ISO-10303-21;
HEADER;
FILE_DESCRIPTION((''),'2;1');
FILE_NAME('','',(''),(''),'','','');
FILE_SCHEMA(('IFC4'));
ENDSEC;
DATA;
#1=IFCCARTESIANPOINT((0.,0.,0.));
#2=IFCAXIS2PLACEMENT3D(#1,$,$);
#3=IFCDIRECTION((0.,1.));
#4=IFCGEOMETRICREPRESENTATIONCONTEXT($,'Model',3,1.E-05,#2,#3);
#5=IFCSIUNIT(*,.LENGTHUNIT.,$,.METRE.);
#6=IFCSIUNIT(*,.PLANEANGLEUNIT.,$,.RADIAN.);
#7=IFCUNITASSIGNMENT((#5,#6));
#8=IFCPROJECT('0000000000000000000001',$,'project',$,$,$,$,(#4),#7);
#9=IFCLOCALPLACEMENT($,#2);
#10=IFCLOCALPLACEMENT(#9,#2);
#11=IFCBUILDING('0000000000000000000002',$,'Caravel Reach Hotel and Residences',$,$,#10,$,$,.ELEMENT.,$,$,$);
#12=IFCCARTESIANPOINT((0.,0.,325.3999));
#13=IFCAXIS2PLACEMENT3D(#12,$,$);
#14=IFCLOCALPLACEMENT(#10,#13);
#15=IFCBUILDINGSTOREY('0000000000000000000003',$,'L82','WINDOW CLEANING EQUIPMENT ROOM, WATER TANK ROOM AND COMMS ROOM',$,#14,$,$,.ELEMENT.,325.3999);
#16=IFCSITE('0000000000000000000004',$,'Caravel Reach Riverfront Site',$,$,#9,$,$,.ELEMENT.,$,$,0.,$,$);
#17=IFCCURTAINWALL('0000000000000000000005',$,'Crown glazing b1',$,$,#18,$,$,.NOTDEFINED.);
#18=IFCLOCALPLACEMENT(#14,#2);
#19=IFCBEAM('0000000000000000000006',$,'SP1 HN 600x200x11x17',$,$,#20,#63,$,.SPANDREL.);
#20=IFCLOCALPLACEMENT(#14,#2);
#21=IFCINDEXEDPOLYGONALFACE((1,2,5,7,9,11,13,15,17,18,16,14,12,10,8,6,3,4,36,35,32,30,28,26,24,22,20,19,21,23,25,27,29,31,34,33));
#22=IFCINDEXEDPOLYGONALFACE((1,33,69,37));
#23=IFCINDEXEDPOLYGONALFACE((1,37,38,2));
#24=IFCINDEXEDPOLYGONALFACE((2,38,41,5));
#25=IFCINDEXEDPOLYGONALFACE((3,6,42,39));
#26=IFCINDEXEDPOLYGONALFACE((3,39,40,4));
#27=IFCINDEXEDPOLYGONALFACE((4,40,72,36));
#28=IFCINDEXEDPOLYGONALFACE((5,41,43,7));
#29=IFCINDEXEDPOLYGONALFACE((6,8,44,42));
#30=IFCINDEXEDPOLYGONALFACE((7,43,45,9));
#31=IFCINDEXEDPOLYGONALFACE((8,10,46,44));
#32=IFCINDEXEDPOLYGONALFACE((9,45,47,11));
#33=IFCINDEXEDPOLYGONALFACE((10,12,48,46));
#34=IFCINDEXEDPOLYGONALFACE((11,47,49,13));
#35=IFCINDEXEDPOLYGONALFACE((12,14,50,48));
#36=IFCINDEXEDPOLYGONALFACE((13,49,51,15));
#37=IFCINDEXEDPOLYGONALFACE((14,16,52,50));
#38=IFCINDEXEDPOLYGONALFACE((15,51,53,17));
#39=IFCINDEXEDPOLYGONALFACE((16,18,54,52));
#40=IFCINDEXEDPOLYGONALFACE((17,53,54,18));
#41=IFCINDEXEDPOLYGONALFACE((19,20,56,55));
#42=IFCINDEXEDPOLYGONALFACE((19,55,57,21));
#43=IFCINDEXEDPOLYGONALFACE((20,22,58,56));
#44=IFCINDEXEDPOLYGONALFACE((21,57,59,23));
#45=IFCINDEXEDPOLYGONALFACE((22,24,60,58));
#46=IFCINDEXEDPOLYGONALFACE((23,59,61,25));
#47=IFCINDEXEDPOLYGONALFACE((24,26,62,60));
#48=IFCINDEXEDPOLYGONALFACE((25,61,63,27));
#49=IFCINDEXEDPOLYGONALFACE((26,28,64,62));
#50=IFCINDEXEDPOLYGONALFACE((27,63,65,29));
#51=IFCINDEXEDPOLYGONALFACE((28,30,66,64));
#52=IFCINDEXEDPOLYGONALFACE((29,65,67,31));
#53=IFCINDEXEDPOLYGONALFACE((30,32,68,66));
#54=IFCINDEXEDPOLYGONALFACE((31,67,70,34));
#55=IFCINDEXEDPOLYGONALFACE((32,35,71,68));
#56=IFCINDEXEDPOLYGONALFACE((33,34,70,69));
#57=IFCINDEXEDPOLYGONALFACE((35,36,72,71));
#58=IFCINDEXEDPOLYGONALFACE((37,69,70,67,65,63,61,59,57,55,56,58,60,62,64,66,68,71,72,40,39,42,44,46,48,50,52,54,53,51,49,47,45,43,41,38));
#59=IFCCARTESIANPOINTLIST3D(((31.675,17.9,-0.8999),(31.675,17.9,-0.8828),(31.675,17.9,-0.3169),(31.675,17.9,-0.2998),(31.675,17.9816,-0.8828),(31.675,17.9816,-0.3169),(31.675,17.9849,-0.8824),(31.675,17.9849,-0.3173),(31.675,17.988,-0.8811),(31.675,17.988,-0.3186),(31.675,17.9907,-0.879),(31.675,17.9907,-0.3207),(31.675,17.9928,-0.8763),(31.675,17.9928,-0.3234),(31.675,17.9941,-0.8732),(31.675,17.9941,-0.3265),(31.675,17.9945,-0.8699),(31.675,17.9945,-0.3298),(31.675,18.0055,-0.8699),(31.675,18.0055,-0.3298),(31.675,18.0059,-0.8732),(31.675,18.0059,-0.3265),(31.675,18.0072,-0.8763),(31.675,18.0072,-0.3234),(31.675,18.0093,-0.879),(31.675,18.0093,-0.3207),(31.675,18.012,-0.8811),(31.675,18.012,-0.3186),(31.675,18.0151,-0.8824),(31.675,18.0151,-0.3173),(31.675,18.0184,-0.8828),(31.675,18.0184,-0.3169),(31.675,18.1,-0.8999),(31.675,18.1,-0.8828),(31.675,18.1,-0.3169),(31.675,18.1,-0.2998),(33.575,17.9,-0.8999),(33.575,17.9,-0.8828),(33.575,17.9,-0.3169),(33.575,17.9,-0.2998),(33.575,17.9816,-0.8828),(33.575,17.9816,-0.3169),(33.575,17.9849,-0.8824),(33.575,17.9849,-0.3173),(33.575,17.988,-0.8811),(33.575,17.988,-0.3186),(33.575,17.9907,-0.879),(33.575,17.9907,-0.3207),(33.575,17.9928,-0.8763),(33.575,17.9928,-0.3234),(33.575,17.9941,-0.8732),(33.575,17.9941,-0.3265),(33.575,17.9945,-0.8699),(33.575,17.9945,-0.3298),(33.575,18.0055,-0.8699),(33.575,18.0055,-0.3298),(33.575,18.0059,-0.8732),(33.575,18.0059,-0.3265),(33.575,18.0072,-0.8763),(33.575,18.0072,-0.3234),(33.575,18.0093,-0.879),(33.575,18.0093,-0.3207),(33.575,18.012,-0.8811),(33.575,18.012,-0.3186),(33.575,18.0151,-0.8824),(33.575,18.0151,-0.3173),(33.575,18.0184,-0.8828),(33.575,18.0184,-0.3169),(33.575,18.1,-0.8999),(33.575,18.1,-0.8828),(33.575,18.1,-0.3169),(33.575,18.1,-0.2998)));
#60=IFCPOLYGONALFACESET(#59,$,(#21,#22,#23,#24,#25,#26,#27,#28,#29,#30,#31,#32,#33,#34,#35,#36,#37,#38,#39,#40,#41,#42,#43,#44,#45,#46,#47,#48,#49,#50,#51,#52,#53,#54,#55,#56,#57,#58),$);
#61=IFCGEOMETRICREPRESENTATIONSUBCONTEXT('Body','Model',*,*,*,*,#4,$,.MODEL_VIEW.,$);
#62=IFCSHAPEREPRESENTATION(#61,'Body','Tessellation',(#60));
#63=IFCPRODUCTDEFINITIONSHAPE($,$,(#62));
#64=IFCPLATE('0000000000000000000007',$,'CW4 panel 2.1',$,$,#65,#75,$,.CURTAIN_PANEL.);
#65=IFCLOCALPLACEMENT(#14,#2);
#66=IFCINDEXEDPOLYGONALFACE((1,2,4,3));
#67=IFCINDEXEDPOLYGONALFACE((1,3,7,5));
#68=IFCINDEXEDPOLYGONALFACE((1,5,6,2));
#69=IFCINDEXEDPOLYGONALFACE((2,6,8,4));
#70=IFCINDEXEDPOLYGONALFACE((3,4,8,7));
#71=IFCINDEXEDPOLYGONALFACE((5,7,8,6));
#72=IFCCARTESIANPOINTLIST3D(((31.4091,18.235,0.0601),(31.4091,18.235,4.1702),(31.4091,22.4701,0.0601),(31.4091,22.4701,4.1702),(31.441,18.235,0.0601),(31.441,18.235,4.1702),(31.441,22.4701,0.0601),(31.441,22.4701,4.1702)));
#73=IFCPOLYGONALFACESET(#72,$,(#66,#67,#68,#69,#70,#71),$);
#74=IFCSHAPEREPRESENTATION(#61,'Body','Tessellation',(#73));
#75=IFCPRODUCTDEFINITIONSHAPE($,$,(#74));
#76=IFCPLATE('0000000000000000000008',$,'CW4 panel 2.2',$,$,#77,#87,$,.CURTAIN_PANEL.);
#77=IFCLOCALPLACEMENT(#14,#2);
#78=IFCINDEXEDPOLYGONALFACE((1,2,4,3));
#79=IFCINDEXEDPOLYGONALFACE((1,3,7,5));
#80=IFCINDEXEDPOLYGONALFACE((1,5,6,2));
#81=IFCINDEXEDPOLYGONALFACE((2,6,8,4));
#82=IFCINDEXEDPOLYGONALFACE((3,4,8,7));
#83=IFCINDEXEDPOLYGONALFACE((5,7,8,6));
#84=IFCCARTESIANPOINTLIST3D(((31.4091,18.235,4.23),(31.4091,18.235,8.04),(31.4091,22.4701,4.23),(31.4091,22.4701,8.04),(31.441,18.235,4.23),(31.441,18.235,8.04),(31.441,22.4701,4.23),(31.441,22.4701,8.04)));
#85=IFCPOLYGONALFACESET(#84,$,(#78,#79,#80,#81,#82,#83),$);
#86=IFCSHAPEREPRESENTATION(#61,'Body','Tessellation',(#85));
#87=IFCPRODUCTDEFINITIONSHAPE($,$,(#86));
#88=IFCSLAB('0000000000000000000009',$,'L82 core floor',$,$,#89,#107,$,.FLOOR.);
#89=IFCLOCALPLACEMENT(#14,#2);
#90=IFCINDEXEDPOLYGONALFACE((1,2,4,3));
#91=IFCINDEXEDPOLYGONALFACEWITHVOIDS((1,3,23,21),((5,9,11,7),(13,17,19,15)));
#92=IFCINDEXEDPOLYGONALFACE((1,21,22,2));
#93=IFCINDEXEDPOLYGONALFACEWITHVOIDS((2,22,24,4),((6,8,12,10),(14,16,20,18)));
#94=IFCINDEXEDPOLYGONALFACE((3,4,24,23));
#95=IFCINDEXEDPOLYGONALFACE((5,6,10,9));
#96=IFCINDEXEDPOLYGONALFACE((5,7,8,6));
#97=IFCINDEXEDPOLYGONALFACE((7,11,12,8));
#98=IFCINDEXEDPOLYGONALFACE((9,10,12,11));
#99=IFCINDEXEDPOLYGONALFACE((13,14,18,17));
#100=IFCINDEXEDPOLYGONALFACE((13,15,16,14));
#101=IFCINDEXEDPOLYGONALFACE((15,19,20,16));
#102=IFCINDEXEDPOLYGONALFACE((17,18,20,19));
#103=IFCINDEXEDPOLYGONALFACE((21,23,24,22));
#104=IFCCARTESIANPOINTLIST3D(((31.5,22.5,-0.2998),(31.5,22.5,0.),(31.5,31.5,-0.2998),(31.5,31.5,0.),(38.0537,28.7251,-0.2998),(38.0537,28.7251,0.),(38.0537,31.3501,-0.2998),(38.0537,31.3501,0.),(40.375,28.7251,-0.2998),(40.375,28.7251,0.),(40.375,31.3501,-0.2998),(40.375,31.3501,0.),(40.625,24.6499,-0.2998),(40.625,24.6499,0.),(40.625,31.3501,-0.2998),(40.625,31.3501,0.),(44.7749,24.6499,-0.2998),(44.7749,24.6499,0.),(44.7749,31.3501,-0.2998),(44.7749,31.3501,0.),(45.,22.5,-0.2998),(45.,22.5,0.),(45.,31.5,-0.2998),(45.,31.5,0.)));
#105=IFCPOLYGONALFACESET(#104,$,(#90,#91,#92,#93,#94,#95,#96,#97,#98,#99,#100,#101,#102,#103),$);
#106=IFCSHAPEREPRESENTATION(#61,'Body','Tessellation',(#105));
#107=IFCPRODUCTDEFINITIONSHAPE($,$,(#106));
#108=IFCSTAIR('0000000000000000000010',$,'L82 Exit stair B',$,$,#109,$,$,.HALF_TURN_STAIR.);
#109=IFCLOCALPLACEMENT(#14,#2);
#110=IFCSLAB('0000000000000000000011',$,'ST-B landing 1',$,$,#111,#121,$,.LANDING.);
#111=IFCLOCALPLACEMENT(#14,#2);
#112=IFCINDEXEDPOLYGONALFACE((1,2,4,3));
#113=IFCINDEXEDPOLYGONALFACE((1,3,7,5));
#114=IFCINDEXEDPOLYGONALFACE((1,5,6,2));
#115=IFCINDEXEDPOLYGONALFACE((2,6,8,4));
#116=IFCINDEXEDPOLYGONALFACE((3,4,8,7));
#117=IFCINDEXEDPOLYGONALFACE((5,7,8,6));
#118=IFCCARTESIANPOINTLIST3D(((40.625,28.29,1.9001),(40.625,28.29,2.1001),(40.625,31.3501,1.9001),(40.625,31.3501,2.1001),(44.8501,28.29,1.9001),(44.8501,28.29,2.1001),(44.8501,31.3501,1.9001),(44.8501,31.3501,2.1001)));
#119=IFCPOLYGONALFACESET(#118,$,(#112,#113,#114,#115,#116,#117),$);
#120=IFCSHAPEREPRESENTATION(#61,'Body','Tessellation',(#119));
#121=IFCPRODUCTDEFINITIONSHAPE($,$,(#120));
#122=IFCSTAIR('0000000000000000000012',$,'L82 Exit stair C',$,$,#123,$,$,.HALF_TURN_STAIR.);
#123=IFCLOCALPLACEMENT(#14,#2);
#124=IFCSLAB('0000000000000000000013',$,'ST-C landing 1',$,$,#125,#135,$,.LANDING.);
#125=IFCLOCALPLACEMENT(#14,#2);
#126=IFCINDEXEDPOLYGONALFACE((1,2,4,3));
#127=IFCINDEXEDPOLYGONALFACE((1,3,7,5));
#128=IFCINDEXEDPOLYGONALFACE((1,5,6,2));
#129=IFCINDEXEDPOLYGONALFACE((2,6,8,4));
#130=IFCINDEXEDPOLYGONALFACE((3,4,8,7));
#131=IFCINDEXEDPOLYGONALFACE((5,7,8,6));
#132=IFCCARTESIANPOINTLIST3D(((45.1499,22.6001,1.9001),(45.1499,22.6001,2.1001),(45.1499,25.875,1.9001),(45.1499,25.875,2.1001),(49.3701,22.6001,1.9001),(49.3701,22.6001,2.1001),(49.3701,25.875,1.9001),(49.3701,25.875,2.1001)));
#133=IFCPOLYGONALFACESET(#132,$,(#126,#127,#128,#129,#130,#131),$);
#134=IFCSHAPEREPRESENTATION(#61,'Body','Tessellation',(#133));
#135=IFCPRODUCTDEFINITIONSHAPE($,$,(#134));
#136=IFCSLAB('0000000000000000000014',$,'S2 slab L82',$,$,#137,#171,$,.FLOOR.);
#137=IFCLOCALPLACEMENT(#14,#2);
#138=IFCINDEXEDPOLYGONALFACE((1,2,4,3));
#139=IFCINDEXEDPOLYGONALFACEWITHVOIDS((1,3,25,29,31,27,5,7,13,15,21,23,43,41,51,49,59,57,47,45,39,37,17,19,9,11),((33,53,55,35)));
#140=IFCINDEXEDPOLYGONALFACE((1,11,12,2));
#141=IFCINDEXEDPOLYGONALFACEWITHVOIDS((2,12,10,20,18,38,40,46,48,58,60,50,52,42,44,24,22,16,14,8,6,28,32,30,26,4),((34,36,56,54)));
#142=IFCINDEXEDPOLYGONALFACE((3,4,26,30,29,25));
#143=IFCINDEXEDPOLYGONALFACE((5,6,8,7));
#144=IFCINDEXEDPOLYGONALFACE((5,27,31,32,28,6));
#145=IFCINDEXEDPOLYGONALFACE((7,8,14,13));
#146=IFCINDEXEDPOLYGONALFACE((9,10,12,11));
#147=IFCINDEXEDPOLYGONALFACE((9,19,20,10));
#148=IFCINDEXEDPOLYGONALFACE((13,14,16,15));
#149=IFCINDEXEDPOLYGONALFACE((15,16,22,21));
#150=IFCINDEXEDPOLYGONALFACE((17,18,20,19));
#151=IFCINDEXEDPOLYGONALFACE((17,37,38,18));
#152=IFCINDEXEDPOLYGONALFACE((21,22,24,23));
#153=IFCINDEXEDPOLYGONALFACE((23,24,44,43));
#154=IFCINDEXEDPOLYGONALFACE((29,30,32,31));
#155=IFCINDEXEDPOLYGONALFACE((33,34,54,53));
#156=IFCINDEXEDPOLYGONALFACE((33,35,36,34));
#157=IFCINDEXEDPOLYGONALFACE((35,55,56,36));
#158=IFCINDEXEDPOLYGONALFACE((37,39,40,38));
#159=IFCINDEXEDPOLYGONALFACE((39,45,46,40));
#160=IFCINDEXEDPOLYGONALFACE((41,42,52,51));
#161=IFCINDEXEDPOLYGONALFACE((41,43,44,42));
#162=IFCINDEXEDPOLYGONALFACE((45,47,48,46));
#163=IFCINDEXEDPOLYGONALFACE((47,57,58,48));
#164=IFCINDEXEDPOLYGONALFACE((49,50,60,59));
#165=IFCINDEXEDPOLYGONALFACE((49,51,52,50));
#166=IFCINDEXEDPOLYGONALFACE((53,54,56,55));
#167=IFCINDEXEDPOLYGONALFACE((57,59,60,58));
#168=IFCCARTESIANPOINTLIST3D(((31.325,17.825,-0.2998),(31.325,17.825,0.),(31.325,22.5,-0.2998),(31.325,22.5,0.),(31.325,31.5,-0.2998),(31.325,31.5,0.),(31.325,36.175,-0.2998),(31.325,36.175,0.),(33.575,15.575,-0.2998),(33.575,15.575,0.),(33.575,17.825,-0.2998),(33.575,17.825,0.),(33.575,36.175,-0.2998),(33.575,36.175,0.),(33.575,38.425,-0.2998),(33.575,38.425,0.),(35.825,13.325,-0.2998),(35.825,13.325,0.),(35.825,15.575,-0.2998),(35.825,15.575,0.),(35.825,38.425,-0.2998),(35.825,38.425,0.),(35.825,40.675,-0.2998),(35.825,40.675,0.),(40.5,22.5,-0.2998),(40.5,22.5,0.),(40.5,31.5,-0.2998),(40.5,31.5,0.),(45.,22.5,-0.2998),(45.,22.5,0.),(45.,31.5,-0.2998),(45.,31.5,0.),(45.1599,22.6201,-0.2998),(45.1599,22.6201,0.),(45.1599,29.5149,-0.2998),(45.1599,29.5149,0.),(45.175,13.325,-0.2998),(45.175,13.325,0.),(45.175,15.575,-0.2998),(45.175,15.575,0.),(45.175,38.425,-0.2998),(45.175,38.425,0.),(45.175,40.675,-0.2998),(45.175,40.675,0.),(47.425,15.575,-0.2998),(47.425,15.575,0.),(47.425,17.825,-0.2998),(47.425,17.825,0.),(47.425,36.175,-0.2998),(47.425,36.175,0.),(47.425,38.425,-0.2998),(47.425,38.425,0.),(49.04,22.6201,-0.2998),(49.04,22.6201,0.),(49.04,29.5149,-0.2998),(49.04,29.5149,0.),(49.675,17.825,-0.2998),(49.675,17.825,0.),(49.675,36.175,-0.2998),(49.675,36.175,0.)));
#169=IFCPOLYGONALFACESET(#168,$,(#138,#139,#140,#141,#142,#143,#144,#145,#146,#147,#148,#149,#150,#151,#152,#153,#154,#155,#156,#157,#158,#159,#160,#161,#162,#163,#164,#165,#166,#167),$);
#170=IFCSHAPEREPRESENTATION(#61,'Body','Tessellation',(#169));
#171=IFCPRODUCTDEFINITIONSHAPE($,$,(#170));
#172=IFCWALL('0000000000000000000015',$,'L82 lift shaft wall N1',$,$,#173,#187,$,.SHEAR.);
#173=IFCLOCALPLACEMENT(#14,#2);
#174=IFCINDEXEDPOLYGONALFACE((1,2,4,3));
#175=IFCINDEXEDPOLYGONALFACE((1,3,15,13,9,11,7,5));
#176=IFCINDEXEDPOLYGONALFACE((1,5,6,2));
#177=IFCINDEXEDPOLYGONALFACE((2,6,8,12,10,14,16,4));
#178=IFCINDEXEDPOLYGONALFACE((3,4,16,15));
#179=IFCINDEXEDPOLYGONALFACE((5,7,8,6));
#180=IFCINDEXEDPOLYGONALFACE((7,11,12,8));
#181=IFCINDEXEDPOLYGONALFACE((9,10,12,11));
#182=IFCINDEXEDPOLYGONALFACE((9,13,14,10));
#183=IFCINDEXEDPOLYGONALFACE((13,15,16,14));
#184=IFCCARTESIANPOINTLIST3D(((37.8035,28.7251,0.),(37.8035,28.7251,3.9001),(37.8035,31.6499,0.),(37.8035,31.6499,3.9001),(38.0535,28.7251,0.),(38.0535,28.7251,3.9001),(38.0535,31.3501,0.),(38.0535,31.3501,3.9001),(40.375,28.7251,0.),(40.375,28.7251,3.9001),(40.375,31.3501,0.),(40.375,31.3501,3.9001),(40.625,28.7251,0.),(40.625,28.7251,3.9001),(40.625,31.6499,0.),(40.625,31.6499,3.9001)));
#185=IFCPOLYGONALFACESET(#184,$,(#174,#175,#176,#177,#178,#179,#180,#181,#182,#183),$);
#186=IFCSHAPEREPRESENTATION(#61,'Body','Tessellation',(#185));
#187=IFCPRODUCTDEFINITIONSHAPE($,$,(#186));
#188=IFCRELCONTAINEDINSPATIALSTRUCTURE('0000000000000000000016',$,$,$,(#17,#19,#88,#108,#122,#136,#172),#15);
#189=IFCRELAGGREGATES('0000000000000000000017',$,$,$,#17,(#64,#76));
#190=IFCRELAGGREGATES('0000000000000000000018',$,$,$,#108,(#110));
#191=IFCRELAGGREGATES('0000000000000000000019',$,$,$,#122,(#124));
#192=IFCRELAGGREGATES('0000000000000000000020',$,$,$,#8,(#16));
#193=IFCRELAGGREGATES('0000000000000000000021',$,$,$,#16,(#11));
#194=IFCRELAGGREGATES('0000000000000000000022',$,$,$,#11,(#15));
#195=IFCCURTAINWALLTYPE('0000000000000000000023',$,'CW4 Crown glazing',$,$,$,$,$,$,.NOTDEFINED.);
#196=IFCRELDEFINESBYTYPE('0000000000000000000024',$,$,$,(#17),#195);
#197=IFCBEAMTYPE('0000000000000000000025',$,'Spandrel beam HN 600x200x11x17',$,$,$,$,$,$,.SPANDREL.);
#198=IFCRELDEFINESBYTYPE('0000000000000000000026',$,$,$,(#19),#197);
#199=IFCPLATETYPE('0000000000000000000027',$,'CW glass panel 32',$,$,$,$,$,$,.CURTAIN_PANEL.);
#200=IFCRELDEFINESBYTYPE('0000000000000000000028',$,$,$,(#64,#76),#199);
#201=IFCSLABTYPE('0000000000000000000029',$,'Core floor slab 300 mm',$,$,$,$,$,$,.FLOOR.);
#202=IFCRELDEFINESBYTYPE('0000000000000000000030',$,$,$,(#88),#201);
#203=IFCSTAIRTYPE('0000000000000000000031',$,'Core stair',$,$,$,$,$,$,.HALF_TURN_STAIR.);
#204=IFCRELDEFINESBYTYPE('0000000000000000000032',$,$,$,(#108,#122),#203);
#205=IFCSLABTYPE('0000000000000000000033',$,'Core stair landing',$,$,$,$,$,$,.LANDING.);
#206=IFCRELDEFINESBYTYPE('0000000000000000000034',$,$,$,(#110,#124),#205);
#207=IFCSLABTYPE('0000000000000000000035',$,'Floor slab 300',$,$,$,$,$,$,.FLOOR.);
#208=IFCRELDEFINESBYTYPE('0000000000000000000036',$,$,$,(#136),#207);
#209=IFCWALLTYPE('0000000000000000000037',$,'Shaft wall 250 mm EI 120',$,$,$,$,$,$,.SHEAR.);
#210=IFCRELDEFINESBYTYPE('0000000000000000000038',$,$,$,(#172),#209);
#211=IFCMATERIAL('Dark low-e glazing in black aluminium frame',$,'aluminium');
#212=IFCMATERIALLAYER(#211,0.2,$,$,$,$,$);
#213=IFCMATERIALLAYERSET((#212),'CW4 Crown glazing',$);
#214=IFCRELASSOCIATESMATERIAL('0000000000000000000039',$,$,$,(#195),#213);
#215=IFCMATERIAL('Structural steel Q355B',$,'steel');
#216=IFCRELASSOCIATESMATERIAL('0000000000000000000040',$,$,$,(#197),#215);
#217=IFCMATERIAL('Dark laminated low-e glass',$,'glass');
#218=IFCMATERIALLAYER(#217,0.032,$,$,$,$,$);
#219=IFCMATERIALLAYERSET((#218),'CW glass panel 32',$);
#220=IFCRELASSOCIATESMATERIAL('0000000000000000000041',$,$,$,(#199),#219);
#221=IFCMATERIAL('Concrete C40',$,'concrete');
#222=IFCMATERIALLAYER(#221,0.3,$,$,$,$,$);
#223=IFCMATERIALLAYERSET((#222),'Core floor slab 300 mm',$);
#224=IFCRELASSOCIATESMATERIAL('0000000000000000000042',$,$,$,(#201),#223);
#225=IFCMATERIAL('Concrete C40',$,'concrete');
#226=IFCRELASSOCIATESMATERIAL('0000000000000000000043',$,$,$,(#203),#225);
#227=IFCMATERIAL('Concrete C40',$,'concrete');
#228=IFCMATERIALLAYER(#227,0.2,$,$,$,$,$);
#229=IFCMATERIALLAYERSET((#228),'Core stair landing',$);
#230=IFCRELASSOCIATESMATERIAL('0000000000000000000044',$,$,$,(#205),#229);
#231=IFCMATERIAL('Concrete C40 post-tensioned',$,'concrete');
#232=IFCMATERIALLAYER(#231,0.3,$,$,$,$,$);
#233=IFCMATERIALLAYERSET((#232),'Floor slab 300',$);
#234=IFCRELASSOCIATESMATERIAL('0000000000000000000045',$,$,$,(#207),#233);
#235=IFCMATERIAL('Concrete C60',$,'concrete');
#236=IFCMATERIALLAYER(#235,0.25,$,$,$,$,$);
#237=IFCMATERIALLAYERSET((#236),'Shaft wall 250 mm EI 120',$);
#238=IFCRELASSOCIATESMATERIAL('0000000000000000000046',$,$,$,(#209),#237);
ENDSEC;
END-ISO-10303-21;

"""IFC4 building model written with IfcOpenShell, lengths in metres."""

from ifc_helpers import new_model, si_unit, direction, frame, origin, origin_2d, place, context, subcontext, project, spatial, polyline, rectangle, i_section, outline, extrude, material, layer, layer_set, material_profile, profile_set, type_object, element, aggregate, save


model = new_model("IFC4")

# Units and contexts
model_context = context("Model", 3, precision=1e-05, world=origin(), true_north=direction((0.0, 1.0)))
body_context = subcontext(model_context, "Body", "Model", "MODEL_VIEW")
ifc_project = project(units=[si_unit("LENGTHUNIT", "METRE"), si_unit("PLANEANGLEUNIT", "RADIAN")], contexts=[model_context])

# Site, building, storey
site_placement = place(None, origin())
site = spatial("IfcSite", under=ifc_project, at=site_placement, Name="Caravel Reach Riverfront Site", CompositionType="ELEMENT", RefElevation=0.0)
building_placement = place(site_placement, origin())
building = spatial("IfcBuilding", under=site, at=building_placement, Name="Caravel Reach Hotel and Residences", CompositionType="ELEMENT")
storey_placement = place(building_placement, frame((0.0, 0.0, 325.3999)))
storey = spatial("IfcBuildingStorey", under=building, at=storey_placement, Name="L82", Description="WINDOW CLEANING EQUIPMENT ROOM, WATER TANK ROOM AND COMMS ROOM", CompositionType="ELEMENT", Elevation=325.3999)

# Curtain wall
ifc_material_1 = material(Name="Dark low-e glazing in black aluminium frame", Category="aluminium")
ifc_layer_1 = layer(ifc_material_1, 0.2)
ifc_layer_set_1 = layer_set([ifc_layer_1], Name="CW4 Crown glazing")
curtain_wall_type = type_object("IfcCurtainWallType", Name="CW4 Crown glazing", PredefinedType="NOTDEFINED", material=ifc_layer_set_1)
curtain_wall_1_placement = place(storey_placement, origin())
curtain_wall_1 = element("IfcCurtainWall", 1, at=curtain_wall_1_placement, inside=storey, type_object=curtain_wall_type, Name="Crown glazing b1", PredefinedType="NOTDEFINED")

# Beam
ifc_material_2 = material(Name="Structural steel Q355B", Category="steel")
ifc_material_profile_1 = material_profile(ifc_material_2, i_section(OverallWidth=0.2, OverallDepth=0.6001, WebThickness=0.011, FlangeThickness=0.0171, FilletRadius=0.0129, at=origin_2d()), Name="HN 600x200x11x17")
ifc_profile_set_1 = profile_set([ifc_material_profile_1], Name="Structural steel Q355B")
beam_type_1 = type_object("IfcBeamType", Name="Spandrel beam HN 600x200x11x17", PredefinedType="SPANDREL", material=ifc_profile_set_1)
beam_1_placement = place(storey_placement, frame((31.675, 18.0, -0.5999), z_axis=(1.0, 0.0, 0.0), x_axis=(0.0, 1.0, 0.0)))
element("IfcBeam", 2, at=beam_1_placement, inside=storey, type_object=beam_type_1, Name="SP1 HN 600x200x11x17", PredefinedType="SPANDREL", context=body_context, shape_type="SweptSolid", body=[
    extrude(i_section(OverallWidth=0.2, OverallDepth=0.6001, WebThickness=0.011, FlangeThickness=0.0171, FilletRadius=0.0129, at=origin_2d()), origin(), (0.0, 0.0, 1.0), 1.8999),
])

# Plates
ifc_material_3 = material(Name="Dark laminated low-e glass", Category="glass")
ifc_layer_2 = layer(ifc_material_3, 0.032)
ifc_layer_set_2 = layer_set([ifc_layer_2], Name="CW glass panel 32")
plate_type = type_object("IfcPlateType", Name="CW glass panel 32", PredefinedType="CURTAIN_PANEL", material=ifc_layer_set_2)
plate_1_placement = place(storey_placement, frame((31.425, 20.3525, 0.0601), z_axis=(0.0, 0.0, 1.0), x_axis=(0.0, -1.0, 0.0)))
plate_1 = element("IfcPlate", 3, at=plate_1_placement, type_object=plate_type, Name="CW4 panel 2.1", PredefinedType="CURTAIN_PANEL", context=body_context, shape_type="SweptSolid", body=[
    extrude(rectangle(XDim=4.2351, YDim=0.032, at=origin_2d()), origin(), (0.0, 0.0, 1.0), 4.1101),
])
plate_2_placement = place(storey_placement, frame((31.425, 20.3525, 4.23), z_axis=(0.0, 0.0, 1.0), x_axis=(0.0, -1.0, 0.0)))
plate_2 = element("IfcPlate", 4, at=plate_2_placement, type_object=plate_type, Name="CW4 panel 2.2", PredefinedType="CURTAIN_PANEL", context=body_context, shape_type="SweptSolid", body=[
    extrude(rectangle(XDim=4.2351, YDim=0.032, at=origin_2d()), origin(), (0.0, 0.0, 1.0), 3.8101),
])
aggregate(curtain_wall_1, [plate_1, plate_2])

# Slab
ifc_material_4 = material(Name="Concrete C40", Category="concrete")
ifc_layer_3 = layer(ifc_material_4, 0.3)
ifc_layer_set_3 = layer_set([ifc_layer_3], Name="Core floor slab 300 mm")
slab_type_1 = type_object("IfcSlabType", Name="Core floor slab 300 mm", PredefinedType="FLOOR", material=ifc_layer_set_3)
slab_1_placement = place(storey_placement, frame((0.0, 0.0, -0.2998)))
element("IfcSlab", 5, at=slab_1_placement, inside=storey, type_object=slab_type_1, Name="L82 core floor", PredefinedType="FLOOR", context=body_context, shape_type="SweptSolid", body=[
    extrude(outline(polyline([(45.0, 22.5), (31.5, 22.5), (31.5, 31.5), (45.0, 31.5), (45.0, 22.5)]), holes=[polyline([(44.7749, 24.6499), (44.7749, 31.3501), (40.625, 31.3501), (40.625, 24.6499), (44.7749, 24.6499)]), polyline([(40.375, 28.7251), (40.375, 31.3501), (38.0537, 31.3501), (38.0537, 28.7251), (40.375, 28.7251)])]), origin(), (0.0, 0.0, 1.0), 0.2998),
])

# Stairs, slabs
ifc_material_5 = material(Name="Concrete C40", Category="concrete")
stair_type = type_object("IfcStairType", Name="Core stair", PredefinedType="HALF_TURN_STAIR", material=ifc_material_5)
stair_1_placement = place(storey_placement, origin())
stair_1 = element("IfcStair", 6, at=stair_1_placement, inside=storey, type_object=stair_type, Name="L82 Exit stair B", PredefinedType="HALF_TURN_STAIR")
ifc_material_6 = material(Name="Concrete C40", Category="concrete")
ifc_layer_4 = layer(ifc_material_6, 0.2)
ifc_layer_set_4 = layer_set([ifc_layer_4], Name="Core stair landing")
slab_type_2 = type_object("IfcSlabType", Name="Core stair landing", PredefinedType="LANDING", material=ifc_layer_set_4)
slab_2_placement = place(storey_placement, frame((0.0, 0.0, 1.9001)))
slab_2 = element("IfcSlab", 7, at=slab_2_placement, type_object=slab_type_2, Name="ST-B landing 1", PredefinedType="LANDING", context=body_context, shape_type="SweptSolid", body=[
    extrude(outline(polyline([(44.8501, 28.29), (44.8501, 31.3501), (40.625, 31.3501), (40.625, 28.29), (44.8501, 28.29)])), origin(), (0.0, 0.0, 1.0), 0.2),
])
aggregate(stair_1, [slab_2])
stair_2_placement = place(storey_placement, origin())
stair_2 = element("IfcStair", 8, at=stair_2_placement, inside=storey, type_object=stair_type, Name="L82 Exit stair C", PredefinedType="HALF_TURN_STAIR")
slab_3_placement = place(storey_placement, frame((0.0, 0.0, 1.9001)))
slab_3 = element("IfcSlab", 9, at=slab_3_placement, type_object=slab_type_2, Name="ST-C landing 1", PredefinedType="LANDING", context=body_context, shape_type="SweptSolid", body=[
    extrude(outline(polyline([(45.1499, 25.875), (45.1499, 22.6001), (49.3701, 22.6001), (49.3701, 25.875), (45.1499, 25.875)])), origin(), (0.0, 0.0, 1.0), 0.2),
])
aggregate(stair_2, [slab_3])

# Slab
ifc_material_7 = material(Name="Concrete C40 post-tensioned", Category="concrete")
ifc_layer_5 = layer(ifc_material_7, 0.3)
ifc_layer_set_5 = layer_set([ifc_layer_5], Name="Floor slab 300")
slab_type_3 = type_object("IfcSlabType", Name="Floor slab 300", PredefinedType="FLOOR", material=ifc_layer_set_5)
slab_4_placement = place(storey_placement, frame((0.0, 0.0, -0.2998)))
element("IfcSlab", 10, at=slab_4_placement, inside=storey, type_object=slab_type_3, Name="S2 slab L82", PredefinedType="FLOOR", context=body_context, shape_type="SweptSolid", body=[
    extrude(outline(polyline([(33.575, 17.825), (31.325, 17.825), (31.325, 22.5), (40.5, 22.5), (45.0, 22.5), (45.0, 31.5), (40.5, 31.5), (31.325, 31.5), (31.325, 36.175), (33.575, 36.175), (33.575, 38.425), (35.825, 38.425), (35.825, 40.675), (45.175, 40.675), (45.175, 38.425), (47.425, 38.425), (47.425, 36.175), (49.675, 36.175), (49.675, 17.825), (47.425, 17.825), (47.425, 15.575), (45.175, 15.575), (45.175, 13.325), (35.825, 13.325), (35.825, 15.575), (33.575, 15.575), (33.575, 17.825)]), holes=[polyline([(45.1599, 22.6201), (49.04, 22.6201), (49.04, 29.5149), (45.1599, 29.5149), (45.1599, 22.6201)])]), origin(), (0.0, 0.0, 1.0), 0.2998),
])

# Wall
ifc_material_8 = material(Name="Concrete C60", Category="concrete")
ifc_layer_6 = layer(ifc_material_8, 0.25)
ifc_layer_set_6 = layer_set([ifc_layer_6], Name="Shaft wall 250 mm EI 120")
wall_type = type_object("IfcWallType", Name="Shaft wall 250 mm EI 120", PredefinedType="SHEAR", material=ifc_layer_set_6)
wall_placement = place(storey_placement, origin())
element("IfcWall", 11, at=wall_placement, inside=storey, type_object=wall_type, Name="L82 lift shaft wall N1", PredefinedType="SHEAR", context=body_context, shape_type="SweptSolid", body=[
    extrude(outline(polyline([(37.8035, 28.7251), (38.0535, 28.7251), (38.0535, 31.3501), (40.375, 31.3501), (40.375, 28.7251), (40.625, 28.7251), (40.625, 31.6499), (37.8035, 31.6499), (37.8035, 28.7251)])), origin(), (0.0, 0.0, 1.0), 3.9001),
])

save(model, "model.ifc")
